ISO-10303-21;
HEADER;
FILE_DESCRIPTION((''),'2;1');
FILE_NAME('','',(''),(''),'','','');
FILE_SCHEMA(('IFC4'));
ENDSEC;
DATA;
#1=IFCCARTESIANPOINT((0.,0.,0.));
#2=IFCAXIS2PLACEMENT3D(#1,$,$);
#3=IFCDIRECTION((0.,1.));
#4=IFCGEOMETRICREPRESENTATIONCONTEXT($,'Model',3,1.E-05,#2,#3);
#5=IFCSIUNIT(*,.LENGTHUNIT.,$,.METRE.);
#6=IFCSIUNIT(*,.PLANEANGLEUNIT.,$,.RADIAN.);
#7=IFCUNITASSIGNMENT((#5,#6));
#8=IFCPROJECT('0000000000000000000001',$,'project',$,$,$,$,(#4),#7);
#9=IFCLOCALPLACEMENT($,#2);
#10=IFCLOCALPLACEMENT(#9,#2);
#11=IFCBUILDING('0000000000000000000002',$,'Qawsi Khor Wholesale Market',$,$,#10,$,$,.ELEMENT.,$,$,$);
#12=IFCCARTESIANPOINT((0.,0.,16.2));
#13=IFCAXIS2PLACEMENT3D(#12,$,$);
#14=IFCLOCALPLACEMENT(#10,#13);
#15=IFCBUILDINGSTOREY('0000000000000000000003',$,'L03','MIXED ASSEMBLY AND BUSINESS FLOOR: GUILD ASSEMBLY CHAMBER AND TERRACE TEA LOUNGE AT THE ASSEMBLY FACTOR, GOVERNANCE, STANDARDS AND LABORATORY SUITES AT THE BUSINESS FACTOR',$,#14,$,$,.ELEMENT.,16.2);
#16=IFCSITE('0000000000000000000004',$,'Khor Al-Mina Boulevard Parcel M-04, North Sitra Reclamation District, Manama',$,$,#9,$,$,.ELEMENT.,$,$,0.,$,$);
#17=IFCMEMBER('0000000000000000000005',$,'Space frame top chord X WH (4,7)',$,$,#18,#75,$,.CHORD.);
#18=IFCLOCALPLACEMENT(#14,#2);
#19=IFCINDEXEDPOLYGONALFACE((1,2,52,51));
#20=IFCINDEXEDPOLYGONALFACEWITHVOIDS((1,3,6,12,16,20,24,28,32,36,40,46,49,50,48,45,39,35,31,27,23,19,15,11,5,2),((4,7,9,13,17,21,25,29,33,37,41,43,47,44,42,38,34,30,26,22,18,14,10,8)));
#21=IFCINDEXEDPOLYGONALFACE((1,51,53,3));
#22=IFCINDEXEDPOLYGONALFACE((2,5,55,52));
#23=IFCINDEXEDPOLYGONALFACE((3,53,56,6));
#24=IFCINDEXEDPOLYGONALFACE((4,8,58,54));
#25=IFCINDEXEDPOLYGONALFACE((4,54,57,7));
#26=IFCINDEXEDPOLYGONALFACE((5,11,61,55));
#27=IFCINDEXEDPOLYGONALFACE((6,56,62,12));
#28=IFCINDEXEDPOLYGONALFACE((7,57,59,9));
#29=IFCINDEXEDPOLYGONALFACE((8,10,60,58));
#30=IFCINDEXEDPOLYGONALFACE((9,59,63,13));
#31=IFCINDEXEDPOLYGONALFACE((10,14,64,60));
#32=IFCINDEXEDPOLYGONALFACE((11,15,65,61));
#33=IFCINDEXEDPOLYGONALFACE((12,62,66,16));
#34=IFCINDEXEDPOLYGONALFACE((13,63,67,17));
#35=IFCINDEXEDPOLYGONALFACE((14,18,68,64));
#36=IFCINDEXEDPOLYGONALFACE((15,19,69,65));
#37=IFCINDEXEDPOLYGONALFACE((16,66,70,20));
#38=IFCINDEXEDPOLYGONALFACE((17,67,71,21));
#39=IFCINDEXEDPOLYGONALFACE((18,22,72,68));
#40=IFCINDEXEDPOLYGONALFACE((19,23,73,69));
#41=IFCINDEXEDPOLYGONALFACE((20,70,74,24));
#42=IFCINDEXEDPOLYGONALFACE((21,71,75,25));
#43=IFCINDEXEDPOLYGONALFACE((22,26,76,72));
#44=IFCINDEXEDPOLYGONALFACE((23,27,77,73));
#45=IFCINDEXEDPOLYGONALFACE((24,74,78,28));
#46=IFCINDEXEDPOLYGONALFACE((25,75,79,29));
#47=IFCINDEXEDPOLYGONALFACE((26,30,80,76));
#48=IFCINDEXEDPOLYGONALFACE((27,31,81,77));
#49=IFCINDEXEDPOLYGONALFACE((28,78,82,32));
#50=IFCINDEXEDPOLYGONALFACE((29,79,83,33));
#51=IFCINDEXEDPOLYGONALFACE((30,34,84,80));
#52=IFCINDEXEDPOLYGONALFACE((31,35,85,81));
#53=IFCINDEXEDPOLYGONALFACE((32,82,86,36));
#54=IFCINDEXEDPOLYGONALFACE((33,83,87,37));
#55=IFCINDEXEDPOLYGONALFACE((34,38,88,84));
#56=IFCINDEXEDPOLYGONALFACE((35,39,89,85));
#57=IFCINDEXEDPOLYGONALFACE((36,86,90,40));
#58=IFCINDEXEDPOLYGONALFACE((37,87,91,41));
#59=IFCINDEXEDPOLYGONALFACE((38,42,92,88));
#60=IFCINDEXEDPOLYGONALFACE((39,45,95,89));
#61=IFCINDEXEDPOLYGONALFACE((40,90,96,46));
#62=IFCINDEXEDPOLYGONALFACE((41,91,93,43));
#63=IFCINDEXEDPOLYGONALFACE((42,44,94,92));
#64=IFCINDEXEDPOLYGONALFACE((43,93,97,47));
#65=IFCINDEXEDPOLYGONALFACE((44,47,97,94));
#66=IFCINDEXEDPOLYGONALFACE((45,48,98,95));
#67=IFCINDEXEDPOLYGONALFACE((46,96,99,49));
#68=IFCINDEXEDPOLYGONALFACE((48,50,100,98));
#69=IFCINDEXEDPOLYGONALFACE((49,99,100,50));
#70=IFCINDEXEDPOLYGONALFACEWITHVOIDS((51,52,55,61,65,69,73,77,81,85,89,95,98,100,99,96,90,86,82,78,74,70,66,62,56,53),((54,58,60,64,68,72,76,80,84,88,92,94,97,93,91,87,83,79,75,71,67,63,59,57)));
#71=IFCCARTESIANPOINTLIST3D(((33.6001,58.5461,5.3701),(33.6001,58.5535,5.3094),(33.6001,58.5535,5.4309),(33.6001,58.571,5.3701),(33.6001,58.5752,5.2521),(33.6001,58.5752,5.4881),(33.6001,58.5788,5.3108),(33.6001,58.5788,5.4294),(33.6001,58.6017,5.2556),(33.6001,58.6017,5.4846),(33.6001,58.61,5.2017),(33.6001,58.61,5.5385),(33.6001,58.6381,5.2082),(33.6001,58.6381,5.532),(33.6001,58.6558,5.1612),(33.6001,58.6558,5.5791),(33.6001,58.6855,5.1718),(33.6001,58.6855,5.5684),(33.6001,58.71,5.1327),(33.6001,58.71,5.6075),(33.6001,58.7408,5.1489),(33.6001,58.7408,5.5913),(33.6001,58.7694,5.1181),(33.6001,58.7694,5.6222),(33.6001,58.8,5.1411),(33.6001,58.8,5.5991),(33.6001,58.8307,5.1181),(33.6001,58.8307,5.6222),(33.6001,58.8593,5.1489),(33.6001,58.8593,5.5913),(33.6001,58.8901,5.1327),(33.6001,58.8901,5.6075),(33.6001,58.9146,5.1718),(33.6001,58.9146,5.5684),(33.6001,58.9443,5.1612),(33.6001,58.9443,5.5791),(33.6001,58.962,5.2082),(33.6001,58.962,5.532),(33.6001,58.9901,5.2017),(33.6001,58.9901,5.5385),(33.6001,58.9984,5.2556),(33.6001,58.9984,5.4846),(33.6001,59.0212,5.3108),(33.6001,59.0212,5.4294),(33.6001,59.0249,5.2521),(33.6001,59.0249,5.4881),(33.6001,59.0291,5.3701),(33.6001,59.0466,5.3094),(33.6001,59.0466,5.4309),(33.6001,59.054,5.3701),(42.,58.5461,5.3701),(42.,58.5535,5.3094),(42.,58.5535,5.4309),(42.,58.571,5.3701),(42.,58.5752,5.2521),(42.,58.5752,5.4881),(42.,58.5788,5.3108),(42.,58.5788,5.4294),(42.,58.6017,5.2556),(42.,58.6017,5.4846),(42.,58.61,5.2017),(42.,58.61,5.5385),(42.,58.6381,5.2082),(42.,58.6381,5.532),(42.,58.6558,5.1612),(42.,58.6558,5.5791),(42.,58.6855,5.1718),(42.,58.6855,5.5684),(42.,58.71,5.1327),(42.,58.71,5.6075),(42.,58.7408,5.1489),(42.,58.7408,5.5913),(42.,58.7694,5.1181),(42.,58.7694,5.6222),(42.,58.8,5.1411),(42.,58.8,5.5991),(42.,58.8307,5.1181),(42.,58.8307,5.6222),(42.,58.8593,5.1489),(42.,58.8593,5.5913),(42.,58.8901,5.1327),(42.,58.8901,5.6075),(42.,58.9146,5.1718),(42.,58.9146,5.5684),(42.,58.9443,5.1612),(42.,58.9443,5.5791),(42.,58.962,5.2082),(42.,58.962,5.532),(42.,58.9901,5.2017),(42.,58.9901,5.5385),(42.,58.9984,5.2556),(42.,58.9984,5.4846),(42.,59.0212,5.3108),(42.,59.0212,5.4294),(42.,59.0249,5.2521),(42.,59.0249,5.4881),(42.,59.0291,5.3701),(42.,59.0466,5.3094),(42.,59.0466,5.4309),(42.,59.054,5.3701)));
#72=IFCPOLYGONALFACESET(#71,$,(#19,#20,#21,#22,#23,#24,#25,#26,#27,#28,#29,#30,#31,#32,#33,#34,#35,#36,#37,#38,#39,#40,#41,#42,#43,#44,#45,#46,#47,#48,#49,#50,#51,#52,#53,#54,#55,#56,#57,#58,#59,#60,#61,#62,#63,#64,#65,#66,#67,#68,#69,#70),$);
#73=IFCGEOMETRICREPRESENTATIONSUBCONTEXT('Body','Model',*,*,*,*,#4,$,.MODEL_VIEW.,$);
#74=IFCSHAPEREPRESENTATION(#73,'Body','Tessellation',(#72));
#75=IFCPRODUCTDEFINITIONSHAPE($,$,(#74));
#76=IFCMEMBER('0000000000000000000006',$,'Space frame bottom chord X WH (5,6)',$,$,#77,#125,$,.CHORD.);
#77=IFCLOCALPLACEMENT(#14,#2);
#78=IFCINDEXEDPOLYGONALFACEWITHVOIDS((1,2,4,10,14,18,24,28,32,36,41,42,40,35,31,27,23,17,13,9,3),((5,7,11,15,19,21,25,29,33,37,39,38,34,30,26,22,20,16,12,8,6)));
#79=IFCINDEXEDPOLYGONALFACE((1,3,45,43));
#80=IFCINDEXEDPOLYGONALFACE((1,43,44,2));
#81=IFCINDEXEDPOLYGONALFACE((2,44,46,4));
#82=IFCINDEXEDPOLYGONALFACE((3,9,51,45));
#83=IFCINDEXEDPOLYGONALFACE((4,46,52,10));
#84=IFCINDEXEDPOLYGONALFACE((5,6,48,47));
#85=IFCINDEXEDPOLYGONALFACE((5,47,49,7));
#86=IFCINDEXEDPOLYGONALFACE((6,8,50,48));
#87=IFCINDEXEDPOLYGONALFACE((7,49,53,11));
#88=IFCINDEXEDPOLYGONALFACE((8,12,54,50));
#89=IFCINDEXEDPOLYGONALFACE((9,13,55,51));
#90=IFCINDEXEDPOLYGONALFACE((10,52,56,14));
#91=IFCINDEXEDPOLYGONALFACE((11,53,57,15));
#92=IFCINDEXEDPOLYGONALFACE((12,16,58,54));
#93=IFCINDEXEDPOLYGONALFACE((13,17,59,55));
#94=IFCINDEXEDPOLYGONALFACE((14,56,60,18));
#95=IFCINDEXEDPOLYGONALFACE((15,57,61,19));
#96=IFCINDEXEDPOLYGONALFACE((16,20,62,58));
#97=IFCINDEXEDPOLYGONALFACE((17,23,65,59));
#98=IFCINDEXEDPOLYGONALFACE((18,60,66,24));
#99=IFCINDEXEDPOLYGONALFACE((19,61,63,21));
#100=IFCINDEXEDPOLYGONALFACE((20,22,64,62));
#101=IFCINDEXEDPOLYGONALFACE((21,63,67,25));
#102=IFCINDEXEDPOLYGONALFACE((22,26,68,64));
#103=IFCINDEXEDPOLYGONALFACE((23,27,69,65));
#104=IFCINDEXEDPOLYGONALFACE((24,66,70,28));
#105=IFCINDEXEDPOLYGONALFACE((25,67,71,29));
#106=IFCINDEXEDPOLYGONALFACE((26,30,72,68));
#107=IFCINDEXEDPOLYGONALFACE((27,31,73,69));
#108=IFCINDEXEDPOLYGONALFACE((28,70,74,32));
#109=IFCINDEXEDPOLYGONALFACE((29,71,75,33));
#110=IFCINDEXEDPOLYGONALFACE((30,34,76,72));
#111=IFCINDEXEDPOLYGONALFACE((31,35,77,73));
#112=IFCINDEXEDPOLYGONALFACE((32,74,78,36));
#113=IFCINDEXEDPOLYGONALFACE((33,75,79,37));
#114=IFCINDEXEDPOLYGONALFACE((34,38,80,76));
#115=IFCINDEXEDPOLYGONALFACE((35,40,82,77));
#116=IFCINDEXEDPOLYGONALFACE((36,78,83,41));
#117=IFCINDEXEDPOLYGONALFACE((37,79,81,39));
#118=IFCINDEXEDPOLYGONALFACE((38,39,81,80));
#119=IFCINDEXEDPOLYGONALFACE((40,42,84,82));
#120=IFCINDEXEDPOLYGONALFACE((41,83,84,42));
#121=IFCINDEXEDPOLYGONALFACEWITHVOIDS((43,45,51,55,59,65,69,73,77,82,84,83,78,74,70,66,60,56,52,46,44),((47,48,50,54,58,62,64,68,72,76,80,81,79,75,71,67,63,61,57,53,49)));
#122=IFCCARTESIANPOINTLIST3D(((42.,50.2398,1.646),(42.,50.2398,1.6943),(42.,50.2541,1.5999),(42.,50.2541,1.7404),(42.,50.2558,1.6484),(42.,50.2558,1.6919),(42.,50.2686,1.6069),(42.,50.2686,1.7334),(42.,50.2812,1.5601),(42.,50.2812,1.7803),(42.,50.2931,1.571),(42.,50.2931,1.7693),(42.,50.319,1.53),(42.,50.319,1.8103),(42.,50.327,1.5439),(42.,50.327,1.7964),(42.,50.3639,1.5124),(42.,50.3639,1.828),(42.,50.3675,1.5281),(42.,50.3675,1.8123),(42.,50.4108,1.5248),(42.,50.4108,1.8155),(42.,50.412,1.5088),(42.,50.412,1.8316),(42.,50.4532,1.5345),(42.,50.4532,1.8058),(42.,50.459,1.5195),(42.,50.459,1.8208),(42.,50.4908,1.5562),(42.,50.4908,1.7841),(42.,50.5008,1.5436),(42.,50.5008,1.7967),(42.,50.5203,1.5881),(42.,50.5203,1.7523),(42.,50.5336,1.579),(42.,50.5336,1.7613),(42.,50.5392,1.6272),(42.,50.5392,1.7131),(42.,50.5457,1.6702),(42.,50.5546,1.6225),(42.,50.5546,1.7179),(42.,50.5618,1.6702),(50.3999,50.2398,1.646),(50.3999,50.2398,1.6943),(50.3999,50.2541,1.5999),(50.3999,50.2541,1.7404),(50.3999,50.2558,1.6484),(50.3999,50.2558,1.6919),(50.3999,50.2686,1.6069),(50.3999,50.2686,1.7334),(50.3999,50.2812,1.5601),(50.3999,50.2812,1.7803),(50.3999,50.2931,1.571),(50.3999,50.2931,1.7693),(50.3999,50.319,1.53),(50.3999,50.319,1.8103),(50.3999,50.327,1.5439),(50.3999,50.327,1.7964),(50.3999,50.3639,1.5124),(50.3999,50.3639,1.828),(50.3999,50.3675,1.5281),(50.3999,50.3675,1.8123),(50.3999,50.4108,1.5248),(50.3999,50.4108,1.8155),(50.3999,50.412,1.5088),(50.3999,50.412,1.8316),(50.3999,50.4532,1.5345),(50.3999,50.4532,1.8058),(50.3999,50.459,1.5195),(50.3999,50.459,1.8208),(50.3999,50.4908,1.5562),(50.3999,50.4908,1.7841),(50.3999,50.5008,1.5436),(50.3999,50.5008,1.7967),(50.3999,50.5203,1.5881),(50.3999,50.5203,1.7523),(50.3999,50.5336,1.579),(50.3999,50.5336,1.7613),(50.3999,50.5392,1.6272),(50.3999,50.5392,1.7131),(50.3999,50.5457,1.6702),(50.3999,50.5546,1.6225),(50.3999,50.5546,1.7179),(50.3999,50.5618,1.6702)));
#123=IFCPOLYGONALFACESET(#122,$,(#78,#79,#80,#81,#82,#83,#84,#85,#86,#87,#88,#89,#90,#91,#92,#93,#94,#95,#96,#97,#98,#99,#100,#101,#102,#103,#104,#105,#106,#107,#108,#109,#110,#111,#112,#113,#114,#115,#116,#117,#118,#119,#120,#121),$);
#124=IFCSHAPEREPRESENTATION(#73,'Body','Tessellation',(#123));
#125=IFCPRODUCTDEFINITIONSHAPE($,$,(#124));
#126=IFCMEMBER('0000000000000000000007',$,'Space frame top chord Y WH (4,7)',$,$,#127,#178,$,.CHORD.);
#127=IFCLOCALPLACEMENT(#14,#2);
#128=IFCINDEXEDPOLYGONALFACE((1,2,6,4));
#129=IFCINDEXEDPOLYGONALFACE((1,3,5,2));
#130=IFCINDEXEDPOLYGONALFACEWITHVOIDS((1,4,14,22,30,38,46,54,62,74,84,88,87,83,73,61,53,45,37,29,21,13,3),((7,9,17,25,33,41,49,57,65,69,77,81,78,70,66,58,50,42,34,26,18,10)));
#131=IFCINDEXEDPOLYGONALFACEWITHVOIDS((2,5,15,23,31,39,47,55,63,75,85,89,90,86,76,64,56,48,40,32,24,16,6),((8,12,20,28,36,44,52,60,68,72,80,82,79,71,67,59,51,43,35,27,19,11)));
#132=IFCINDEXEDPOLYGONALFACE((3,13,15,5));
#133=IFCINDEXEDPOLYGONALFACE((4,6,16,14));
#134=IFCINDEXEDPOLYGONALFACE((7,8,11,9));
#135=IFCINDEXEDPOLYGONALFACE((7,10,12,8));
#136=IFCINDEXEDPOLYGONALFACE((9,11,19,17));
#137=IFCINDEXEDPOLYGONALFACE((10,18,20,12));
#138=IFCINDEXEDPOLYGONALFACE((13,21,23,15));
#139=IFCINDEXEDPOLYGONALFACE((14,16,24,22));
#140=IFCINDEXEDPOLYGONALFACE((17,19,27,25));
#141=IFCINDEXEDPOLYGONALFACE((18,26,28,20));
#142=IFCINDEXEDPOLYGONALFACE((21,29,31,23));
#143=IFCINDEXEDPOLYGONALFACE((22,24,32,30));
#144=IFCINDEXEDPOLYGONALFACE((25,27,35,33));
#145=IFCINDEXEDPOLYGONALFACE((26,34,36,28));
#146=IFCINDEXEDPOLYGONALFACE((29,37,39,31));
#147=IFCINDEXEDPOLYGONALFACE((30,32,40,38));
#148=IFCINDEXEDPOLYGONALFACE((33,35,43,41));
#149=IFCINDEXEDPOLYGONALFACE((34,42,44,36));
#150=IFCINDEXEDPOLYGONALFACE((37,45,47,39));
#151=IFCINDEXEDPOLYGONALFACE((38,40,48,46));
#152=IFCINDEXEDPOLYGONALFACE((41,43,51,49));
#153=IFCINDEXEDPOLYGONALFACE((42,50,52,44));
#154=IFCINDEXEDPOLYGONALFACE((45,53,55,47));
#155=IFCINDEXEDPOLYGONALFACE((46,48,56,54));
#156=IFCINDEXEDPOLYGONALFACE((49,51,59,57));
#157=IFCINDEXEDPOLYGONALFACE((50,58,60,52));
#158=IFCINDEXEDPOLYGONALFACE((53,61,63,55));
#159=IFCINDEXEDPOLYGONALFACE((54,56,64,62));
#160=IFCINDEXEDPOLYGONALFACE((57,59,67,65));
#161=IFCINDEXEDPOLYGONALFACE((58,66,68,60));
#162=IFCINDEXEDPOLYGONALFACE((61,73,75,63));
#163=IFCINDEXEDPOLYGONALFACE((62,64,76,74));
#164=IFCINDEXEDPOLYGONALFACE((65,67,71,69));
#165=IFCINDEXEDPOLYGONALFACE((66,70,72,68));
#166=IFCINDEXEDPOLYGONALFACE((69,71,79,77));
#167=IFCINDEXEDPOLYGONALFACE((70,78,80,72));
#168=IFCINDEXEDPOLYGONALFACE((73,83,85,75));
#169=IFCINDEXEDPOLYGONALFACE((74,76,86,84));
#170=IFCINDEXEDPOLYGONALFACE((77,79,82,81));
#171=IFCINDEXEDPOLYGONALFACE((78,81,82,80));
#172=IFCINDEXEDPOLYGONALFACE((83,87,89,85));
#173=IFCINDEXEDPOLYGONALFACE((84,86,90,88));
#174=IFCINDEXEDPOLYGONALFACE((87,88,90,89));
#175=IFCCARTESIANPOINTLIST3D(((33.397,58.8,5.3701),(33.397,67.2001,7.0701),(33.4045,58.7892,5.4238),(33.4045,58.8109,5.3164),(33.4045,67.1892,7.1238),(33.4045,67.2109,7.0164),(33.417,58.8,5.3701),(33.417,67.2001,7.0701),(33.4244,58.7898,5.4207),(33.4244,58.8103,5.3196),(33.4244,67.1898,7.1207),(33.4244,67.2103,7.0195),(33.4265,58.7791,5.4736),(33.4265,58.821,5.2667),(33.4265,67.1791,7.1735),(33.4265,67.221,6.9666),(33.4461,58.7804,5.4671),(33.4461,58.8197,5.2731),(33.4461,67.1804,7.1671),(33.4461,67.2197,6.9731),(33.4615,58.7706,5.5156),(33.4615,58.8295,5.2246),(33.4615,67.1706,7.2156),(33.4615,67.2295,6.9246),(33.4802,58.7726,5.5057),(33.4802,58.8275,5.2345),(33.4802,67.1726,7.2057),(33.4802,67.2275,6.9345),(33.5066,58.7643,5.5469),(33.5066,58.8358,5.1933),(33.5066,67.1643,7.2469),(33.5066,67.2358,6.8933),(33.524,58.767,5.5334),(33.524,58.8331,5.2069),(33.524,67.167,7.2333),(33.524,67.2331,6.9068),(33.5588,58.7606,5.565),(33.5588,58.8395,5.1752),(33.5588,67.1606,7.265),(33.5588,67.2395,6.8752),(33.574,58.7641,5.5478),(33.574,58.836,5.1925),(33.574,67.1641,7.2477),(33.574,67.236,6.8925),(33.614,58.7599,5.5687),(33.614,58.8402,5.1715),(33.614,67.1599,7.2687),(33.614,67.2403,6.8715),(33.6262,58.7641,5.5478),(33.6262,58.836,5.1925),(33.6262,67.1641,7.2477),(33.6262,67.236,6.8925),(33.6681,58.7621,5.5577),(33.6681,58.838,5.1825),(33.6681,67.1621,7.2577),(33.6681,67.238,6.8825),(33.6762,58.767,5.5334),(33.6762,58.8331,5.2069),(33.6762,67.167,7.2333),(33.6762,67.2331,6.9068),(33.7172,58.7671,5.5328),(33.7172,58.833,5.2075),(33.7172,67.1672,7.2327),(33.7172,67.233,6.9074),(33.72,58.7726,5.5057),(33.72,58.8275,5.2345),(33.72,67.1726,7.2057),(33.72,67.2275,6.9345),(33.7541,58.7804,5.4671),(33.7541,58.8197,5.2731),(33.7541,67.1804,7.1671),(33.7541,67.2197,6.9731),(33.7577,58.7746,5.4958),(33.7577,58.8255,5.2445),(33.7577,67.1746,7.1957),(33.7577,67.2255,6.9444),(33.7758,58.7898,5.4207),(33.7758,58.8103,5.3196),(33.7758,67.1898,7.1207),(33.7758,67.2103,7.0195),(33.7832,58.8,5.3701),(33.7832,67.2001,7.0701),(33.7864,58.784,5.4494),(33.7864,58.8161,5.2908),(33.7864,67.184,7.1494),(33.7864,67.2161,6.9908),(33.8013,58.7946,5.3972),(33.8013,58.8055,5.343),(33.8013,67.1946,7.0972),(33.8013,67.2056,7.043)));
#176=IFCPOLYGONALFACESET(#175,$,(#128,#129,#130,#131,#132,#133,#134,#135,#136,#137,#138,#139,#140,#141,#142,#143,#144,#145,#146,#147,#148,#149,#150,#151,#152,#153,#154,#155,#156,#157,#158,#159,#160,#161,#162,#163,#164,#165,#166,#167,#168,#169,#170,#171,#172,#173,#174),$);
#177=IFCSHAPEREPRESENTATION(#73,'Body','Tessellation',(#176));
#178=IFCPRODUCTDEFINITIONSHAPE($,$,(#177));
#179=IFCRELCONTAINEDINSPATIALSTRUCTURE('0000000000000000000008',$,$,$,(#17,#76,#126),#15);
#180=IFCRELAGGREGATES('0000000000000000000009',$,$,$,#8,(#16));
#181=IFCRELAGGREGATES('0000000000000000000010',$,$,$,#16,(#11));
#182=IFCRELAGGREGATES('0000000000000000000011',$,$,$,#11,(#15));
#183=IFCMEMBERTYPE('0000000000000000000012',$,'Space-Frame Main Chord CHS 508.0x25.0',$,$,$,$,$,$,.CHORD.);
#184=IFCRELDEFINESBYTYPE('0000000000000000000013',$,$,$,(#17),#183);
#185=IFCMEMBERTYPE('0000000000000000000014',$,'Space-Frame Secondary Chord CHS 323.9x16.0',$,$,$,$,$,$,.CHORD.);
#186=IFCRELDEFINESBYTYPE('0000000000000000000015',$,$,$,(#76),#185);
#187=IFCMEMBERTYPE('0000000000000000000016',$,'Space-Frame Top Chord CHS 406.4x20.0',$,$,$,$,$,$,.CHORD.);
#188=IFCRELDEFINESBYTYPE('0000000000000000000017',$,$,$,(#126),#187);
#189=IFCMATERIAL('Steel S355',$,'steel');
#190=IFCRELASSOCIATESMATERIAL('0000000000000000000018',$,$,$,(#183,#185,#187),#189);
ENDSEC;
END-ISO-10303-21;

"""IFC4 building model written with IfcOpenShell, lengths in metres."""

from ifc_helpers import new_model, si_unit, direction, frame, origin, origin_2d, place, context, subcontext, project, spatial, hollow_circle, extrude, material, material_profile, profile_set, type_object, element, save


model = new_model("IFC4")

# Units and contexts
model_context = context("Model", 3, precision=1e-05, world=origin(), true_north=direction((0.0, 1.0)))
body_context = subcontext(model_context, "Body", "Model", "MODEL_VIEW")
ifc_project = project(units=[si_unit("LENGTHUNIT", "METRE"), si_unit("PLANEANGLEUNIT", "RADIAN")], contexts=[model_context])

# Site, building, storey
site_placement = place(None, origin())
site = spatial("IfcSite", under=ifc_project, at=site_placement, Name="Khor Al-Mina Boulevard Parcel M-04, North Sitra Reclamation District, Manama", CompositionType="ELEMENT", RefElevation=0.0)
building_placement = place(site_placement, origin())
building = spatial("IfcBuilding", under=site, at=building_placement, Name="Qawsi Khor Wholesale Market", CompositionType="ELEMENT")
storey_placement = place(building_placement, frame((0.0, 0.0, 16.2)))
storey = spatial("IfcBuildingStorey", under=building, at=storey_placement, Name="L03", Description="MIXED ASSEMBLY AND BUSINESS FLOOR: GUILD ASSEMBLY CHAMBER AND TERRACE TEA LOUNGE AT THE ASSEMBLY FACTOR, GOVERNANCE, STANDARDS AND LABORATORY SUITES AT THE BUSINESS FACTOR", CompositionType="ELEMENT", Elevation=16.2)

# Members
ifc_material_1 = material(Name="Steel S355", Category="steel")
ifc_material_profile_1 = material_profile(ifc_material_1, hollow_circle(Radius=0.2539, WallThickness=0.0249, at=origin_2d()), Name="CHS 508.0x25.0")
ifc_profile_set_1 = profile_set([ifc_material_profile_1], Name="Steel S355")
member_type_1 = type_object("IfcMemberType", Name="Space-Frame Main Chord CHS 508.0x25.0", PredefinedType="CHORD", material=ifc_profile_set_1)
member_1_placement = place(storey_placement, frame((33.6001, 58.8, 5.3701), z_axis=(1.0, 0.0, 0.0), x_axis=(0.0, 1.0, 0.0)))
element("IfcMember", 1, at=member_1_placement, inside=storey, type_object=member_type_1, Name="Space frame top chord X WH (4,7)", PredefinedType="CHORD", context=body_context, shape_type="SweptSolid", body=[
    extrude(hollow_circle(Radius=0.2539, WallThickness=0.0249, at=origin_2d()), origin(), (0.0, 0.0, 1.0), 8.3999),
])
ifc_material_profile_2 = material_profile(ifc_material_1, hollow_circle(Radius=0.1619, WallThickness=0.0161, at=origin_2d()), Name="CHS 323.9x16.0")
ifc_profile_set_2 = profile_set([ifc_material_profile_2], Name="Steel S355")
member_type_2 = type_object("IfcMemberType", Name="Space-Frame Secondary Chord CHS 323.9x16.0", PredefinedType="CHORD", material=ifc_profile_set_2)
member_2_placement = place(storey_placement, frame((42.0, 50.3999, 1.6702), z_axis=(1.0, 0.0, 0.0), x_axis=(0.0, 1.0, 0.0)))
element("IfcMember", 2, at=member_2_placement, inside=storey, type_object=member_type_2, Name="Space frame bottom chord X WH (5,6)", PredefinedType="CHORD", context=body_context, shape_type="SweptSolid", body=[
    extrude(hollow_circle(Radius=0.1619, WallThickness=0.0161, at=origin_2d()), origin(), (0.0, 0.0, 1.0), 8.3999),
])
ifc_material_profile_3 = material_profile(ifc_material_1, hollow_circle(Radius=0.2031, WallThickness=0.02, at=origin_2d()), Name="CHS 406.4x20.0")
ifc_profile_set_3 = profile_set([ifc_material_profile_3], Name="Steel S355")
member_type_3 = type_object("IfcMemberType", Name="Space-Frame Top Chord CHS 406.4x20.0", PredefinedType="CHORD", material=ifc_profile_set_3)
member_3_placement = place(storey_placement, frame((33.6001, 58.8, 5.3701), z_axis=(0.0, 0.98013, 0.198356), x_axis=(-1.0, 0.0, 0.0)))
element("IfcMember", 3, at=member_3_placement, inside=storey, type_object=member_type_3, Name="Space frame top chord Y WH (4,7)", PredefinedType="CHORD", context=body_context, shape_type="SweptSolid", body=[
    extrude(hollow_circle(Radius=0.2031, WallThickness=0.02, at=origin_2d()), origin(), (0.0, 0.0, 1.0), 8.5703),
])

save(model, "model.ifc")
